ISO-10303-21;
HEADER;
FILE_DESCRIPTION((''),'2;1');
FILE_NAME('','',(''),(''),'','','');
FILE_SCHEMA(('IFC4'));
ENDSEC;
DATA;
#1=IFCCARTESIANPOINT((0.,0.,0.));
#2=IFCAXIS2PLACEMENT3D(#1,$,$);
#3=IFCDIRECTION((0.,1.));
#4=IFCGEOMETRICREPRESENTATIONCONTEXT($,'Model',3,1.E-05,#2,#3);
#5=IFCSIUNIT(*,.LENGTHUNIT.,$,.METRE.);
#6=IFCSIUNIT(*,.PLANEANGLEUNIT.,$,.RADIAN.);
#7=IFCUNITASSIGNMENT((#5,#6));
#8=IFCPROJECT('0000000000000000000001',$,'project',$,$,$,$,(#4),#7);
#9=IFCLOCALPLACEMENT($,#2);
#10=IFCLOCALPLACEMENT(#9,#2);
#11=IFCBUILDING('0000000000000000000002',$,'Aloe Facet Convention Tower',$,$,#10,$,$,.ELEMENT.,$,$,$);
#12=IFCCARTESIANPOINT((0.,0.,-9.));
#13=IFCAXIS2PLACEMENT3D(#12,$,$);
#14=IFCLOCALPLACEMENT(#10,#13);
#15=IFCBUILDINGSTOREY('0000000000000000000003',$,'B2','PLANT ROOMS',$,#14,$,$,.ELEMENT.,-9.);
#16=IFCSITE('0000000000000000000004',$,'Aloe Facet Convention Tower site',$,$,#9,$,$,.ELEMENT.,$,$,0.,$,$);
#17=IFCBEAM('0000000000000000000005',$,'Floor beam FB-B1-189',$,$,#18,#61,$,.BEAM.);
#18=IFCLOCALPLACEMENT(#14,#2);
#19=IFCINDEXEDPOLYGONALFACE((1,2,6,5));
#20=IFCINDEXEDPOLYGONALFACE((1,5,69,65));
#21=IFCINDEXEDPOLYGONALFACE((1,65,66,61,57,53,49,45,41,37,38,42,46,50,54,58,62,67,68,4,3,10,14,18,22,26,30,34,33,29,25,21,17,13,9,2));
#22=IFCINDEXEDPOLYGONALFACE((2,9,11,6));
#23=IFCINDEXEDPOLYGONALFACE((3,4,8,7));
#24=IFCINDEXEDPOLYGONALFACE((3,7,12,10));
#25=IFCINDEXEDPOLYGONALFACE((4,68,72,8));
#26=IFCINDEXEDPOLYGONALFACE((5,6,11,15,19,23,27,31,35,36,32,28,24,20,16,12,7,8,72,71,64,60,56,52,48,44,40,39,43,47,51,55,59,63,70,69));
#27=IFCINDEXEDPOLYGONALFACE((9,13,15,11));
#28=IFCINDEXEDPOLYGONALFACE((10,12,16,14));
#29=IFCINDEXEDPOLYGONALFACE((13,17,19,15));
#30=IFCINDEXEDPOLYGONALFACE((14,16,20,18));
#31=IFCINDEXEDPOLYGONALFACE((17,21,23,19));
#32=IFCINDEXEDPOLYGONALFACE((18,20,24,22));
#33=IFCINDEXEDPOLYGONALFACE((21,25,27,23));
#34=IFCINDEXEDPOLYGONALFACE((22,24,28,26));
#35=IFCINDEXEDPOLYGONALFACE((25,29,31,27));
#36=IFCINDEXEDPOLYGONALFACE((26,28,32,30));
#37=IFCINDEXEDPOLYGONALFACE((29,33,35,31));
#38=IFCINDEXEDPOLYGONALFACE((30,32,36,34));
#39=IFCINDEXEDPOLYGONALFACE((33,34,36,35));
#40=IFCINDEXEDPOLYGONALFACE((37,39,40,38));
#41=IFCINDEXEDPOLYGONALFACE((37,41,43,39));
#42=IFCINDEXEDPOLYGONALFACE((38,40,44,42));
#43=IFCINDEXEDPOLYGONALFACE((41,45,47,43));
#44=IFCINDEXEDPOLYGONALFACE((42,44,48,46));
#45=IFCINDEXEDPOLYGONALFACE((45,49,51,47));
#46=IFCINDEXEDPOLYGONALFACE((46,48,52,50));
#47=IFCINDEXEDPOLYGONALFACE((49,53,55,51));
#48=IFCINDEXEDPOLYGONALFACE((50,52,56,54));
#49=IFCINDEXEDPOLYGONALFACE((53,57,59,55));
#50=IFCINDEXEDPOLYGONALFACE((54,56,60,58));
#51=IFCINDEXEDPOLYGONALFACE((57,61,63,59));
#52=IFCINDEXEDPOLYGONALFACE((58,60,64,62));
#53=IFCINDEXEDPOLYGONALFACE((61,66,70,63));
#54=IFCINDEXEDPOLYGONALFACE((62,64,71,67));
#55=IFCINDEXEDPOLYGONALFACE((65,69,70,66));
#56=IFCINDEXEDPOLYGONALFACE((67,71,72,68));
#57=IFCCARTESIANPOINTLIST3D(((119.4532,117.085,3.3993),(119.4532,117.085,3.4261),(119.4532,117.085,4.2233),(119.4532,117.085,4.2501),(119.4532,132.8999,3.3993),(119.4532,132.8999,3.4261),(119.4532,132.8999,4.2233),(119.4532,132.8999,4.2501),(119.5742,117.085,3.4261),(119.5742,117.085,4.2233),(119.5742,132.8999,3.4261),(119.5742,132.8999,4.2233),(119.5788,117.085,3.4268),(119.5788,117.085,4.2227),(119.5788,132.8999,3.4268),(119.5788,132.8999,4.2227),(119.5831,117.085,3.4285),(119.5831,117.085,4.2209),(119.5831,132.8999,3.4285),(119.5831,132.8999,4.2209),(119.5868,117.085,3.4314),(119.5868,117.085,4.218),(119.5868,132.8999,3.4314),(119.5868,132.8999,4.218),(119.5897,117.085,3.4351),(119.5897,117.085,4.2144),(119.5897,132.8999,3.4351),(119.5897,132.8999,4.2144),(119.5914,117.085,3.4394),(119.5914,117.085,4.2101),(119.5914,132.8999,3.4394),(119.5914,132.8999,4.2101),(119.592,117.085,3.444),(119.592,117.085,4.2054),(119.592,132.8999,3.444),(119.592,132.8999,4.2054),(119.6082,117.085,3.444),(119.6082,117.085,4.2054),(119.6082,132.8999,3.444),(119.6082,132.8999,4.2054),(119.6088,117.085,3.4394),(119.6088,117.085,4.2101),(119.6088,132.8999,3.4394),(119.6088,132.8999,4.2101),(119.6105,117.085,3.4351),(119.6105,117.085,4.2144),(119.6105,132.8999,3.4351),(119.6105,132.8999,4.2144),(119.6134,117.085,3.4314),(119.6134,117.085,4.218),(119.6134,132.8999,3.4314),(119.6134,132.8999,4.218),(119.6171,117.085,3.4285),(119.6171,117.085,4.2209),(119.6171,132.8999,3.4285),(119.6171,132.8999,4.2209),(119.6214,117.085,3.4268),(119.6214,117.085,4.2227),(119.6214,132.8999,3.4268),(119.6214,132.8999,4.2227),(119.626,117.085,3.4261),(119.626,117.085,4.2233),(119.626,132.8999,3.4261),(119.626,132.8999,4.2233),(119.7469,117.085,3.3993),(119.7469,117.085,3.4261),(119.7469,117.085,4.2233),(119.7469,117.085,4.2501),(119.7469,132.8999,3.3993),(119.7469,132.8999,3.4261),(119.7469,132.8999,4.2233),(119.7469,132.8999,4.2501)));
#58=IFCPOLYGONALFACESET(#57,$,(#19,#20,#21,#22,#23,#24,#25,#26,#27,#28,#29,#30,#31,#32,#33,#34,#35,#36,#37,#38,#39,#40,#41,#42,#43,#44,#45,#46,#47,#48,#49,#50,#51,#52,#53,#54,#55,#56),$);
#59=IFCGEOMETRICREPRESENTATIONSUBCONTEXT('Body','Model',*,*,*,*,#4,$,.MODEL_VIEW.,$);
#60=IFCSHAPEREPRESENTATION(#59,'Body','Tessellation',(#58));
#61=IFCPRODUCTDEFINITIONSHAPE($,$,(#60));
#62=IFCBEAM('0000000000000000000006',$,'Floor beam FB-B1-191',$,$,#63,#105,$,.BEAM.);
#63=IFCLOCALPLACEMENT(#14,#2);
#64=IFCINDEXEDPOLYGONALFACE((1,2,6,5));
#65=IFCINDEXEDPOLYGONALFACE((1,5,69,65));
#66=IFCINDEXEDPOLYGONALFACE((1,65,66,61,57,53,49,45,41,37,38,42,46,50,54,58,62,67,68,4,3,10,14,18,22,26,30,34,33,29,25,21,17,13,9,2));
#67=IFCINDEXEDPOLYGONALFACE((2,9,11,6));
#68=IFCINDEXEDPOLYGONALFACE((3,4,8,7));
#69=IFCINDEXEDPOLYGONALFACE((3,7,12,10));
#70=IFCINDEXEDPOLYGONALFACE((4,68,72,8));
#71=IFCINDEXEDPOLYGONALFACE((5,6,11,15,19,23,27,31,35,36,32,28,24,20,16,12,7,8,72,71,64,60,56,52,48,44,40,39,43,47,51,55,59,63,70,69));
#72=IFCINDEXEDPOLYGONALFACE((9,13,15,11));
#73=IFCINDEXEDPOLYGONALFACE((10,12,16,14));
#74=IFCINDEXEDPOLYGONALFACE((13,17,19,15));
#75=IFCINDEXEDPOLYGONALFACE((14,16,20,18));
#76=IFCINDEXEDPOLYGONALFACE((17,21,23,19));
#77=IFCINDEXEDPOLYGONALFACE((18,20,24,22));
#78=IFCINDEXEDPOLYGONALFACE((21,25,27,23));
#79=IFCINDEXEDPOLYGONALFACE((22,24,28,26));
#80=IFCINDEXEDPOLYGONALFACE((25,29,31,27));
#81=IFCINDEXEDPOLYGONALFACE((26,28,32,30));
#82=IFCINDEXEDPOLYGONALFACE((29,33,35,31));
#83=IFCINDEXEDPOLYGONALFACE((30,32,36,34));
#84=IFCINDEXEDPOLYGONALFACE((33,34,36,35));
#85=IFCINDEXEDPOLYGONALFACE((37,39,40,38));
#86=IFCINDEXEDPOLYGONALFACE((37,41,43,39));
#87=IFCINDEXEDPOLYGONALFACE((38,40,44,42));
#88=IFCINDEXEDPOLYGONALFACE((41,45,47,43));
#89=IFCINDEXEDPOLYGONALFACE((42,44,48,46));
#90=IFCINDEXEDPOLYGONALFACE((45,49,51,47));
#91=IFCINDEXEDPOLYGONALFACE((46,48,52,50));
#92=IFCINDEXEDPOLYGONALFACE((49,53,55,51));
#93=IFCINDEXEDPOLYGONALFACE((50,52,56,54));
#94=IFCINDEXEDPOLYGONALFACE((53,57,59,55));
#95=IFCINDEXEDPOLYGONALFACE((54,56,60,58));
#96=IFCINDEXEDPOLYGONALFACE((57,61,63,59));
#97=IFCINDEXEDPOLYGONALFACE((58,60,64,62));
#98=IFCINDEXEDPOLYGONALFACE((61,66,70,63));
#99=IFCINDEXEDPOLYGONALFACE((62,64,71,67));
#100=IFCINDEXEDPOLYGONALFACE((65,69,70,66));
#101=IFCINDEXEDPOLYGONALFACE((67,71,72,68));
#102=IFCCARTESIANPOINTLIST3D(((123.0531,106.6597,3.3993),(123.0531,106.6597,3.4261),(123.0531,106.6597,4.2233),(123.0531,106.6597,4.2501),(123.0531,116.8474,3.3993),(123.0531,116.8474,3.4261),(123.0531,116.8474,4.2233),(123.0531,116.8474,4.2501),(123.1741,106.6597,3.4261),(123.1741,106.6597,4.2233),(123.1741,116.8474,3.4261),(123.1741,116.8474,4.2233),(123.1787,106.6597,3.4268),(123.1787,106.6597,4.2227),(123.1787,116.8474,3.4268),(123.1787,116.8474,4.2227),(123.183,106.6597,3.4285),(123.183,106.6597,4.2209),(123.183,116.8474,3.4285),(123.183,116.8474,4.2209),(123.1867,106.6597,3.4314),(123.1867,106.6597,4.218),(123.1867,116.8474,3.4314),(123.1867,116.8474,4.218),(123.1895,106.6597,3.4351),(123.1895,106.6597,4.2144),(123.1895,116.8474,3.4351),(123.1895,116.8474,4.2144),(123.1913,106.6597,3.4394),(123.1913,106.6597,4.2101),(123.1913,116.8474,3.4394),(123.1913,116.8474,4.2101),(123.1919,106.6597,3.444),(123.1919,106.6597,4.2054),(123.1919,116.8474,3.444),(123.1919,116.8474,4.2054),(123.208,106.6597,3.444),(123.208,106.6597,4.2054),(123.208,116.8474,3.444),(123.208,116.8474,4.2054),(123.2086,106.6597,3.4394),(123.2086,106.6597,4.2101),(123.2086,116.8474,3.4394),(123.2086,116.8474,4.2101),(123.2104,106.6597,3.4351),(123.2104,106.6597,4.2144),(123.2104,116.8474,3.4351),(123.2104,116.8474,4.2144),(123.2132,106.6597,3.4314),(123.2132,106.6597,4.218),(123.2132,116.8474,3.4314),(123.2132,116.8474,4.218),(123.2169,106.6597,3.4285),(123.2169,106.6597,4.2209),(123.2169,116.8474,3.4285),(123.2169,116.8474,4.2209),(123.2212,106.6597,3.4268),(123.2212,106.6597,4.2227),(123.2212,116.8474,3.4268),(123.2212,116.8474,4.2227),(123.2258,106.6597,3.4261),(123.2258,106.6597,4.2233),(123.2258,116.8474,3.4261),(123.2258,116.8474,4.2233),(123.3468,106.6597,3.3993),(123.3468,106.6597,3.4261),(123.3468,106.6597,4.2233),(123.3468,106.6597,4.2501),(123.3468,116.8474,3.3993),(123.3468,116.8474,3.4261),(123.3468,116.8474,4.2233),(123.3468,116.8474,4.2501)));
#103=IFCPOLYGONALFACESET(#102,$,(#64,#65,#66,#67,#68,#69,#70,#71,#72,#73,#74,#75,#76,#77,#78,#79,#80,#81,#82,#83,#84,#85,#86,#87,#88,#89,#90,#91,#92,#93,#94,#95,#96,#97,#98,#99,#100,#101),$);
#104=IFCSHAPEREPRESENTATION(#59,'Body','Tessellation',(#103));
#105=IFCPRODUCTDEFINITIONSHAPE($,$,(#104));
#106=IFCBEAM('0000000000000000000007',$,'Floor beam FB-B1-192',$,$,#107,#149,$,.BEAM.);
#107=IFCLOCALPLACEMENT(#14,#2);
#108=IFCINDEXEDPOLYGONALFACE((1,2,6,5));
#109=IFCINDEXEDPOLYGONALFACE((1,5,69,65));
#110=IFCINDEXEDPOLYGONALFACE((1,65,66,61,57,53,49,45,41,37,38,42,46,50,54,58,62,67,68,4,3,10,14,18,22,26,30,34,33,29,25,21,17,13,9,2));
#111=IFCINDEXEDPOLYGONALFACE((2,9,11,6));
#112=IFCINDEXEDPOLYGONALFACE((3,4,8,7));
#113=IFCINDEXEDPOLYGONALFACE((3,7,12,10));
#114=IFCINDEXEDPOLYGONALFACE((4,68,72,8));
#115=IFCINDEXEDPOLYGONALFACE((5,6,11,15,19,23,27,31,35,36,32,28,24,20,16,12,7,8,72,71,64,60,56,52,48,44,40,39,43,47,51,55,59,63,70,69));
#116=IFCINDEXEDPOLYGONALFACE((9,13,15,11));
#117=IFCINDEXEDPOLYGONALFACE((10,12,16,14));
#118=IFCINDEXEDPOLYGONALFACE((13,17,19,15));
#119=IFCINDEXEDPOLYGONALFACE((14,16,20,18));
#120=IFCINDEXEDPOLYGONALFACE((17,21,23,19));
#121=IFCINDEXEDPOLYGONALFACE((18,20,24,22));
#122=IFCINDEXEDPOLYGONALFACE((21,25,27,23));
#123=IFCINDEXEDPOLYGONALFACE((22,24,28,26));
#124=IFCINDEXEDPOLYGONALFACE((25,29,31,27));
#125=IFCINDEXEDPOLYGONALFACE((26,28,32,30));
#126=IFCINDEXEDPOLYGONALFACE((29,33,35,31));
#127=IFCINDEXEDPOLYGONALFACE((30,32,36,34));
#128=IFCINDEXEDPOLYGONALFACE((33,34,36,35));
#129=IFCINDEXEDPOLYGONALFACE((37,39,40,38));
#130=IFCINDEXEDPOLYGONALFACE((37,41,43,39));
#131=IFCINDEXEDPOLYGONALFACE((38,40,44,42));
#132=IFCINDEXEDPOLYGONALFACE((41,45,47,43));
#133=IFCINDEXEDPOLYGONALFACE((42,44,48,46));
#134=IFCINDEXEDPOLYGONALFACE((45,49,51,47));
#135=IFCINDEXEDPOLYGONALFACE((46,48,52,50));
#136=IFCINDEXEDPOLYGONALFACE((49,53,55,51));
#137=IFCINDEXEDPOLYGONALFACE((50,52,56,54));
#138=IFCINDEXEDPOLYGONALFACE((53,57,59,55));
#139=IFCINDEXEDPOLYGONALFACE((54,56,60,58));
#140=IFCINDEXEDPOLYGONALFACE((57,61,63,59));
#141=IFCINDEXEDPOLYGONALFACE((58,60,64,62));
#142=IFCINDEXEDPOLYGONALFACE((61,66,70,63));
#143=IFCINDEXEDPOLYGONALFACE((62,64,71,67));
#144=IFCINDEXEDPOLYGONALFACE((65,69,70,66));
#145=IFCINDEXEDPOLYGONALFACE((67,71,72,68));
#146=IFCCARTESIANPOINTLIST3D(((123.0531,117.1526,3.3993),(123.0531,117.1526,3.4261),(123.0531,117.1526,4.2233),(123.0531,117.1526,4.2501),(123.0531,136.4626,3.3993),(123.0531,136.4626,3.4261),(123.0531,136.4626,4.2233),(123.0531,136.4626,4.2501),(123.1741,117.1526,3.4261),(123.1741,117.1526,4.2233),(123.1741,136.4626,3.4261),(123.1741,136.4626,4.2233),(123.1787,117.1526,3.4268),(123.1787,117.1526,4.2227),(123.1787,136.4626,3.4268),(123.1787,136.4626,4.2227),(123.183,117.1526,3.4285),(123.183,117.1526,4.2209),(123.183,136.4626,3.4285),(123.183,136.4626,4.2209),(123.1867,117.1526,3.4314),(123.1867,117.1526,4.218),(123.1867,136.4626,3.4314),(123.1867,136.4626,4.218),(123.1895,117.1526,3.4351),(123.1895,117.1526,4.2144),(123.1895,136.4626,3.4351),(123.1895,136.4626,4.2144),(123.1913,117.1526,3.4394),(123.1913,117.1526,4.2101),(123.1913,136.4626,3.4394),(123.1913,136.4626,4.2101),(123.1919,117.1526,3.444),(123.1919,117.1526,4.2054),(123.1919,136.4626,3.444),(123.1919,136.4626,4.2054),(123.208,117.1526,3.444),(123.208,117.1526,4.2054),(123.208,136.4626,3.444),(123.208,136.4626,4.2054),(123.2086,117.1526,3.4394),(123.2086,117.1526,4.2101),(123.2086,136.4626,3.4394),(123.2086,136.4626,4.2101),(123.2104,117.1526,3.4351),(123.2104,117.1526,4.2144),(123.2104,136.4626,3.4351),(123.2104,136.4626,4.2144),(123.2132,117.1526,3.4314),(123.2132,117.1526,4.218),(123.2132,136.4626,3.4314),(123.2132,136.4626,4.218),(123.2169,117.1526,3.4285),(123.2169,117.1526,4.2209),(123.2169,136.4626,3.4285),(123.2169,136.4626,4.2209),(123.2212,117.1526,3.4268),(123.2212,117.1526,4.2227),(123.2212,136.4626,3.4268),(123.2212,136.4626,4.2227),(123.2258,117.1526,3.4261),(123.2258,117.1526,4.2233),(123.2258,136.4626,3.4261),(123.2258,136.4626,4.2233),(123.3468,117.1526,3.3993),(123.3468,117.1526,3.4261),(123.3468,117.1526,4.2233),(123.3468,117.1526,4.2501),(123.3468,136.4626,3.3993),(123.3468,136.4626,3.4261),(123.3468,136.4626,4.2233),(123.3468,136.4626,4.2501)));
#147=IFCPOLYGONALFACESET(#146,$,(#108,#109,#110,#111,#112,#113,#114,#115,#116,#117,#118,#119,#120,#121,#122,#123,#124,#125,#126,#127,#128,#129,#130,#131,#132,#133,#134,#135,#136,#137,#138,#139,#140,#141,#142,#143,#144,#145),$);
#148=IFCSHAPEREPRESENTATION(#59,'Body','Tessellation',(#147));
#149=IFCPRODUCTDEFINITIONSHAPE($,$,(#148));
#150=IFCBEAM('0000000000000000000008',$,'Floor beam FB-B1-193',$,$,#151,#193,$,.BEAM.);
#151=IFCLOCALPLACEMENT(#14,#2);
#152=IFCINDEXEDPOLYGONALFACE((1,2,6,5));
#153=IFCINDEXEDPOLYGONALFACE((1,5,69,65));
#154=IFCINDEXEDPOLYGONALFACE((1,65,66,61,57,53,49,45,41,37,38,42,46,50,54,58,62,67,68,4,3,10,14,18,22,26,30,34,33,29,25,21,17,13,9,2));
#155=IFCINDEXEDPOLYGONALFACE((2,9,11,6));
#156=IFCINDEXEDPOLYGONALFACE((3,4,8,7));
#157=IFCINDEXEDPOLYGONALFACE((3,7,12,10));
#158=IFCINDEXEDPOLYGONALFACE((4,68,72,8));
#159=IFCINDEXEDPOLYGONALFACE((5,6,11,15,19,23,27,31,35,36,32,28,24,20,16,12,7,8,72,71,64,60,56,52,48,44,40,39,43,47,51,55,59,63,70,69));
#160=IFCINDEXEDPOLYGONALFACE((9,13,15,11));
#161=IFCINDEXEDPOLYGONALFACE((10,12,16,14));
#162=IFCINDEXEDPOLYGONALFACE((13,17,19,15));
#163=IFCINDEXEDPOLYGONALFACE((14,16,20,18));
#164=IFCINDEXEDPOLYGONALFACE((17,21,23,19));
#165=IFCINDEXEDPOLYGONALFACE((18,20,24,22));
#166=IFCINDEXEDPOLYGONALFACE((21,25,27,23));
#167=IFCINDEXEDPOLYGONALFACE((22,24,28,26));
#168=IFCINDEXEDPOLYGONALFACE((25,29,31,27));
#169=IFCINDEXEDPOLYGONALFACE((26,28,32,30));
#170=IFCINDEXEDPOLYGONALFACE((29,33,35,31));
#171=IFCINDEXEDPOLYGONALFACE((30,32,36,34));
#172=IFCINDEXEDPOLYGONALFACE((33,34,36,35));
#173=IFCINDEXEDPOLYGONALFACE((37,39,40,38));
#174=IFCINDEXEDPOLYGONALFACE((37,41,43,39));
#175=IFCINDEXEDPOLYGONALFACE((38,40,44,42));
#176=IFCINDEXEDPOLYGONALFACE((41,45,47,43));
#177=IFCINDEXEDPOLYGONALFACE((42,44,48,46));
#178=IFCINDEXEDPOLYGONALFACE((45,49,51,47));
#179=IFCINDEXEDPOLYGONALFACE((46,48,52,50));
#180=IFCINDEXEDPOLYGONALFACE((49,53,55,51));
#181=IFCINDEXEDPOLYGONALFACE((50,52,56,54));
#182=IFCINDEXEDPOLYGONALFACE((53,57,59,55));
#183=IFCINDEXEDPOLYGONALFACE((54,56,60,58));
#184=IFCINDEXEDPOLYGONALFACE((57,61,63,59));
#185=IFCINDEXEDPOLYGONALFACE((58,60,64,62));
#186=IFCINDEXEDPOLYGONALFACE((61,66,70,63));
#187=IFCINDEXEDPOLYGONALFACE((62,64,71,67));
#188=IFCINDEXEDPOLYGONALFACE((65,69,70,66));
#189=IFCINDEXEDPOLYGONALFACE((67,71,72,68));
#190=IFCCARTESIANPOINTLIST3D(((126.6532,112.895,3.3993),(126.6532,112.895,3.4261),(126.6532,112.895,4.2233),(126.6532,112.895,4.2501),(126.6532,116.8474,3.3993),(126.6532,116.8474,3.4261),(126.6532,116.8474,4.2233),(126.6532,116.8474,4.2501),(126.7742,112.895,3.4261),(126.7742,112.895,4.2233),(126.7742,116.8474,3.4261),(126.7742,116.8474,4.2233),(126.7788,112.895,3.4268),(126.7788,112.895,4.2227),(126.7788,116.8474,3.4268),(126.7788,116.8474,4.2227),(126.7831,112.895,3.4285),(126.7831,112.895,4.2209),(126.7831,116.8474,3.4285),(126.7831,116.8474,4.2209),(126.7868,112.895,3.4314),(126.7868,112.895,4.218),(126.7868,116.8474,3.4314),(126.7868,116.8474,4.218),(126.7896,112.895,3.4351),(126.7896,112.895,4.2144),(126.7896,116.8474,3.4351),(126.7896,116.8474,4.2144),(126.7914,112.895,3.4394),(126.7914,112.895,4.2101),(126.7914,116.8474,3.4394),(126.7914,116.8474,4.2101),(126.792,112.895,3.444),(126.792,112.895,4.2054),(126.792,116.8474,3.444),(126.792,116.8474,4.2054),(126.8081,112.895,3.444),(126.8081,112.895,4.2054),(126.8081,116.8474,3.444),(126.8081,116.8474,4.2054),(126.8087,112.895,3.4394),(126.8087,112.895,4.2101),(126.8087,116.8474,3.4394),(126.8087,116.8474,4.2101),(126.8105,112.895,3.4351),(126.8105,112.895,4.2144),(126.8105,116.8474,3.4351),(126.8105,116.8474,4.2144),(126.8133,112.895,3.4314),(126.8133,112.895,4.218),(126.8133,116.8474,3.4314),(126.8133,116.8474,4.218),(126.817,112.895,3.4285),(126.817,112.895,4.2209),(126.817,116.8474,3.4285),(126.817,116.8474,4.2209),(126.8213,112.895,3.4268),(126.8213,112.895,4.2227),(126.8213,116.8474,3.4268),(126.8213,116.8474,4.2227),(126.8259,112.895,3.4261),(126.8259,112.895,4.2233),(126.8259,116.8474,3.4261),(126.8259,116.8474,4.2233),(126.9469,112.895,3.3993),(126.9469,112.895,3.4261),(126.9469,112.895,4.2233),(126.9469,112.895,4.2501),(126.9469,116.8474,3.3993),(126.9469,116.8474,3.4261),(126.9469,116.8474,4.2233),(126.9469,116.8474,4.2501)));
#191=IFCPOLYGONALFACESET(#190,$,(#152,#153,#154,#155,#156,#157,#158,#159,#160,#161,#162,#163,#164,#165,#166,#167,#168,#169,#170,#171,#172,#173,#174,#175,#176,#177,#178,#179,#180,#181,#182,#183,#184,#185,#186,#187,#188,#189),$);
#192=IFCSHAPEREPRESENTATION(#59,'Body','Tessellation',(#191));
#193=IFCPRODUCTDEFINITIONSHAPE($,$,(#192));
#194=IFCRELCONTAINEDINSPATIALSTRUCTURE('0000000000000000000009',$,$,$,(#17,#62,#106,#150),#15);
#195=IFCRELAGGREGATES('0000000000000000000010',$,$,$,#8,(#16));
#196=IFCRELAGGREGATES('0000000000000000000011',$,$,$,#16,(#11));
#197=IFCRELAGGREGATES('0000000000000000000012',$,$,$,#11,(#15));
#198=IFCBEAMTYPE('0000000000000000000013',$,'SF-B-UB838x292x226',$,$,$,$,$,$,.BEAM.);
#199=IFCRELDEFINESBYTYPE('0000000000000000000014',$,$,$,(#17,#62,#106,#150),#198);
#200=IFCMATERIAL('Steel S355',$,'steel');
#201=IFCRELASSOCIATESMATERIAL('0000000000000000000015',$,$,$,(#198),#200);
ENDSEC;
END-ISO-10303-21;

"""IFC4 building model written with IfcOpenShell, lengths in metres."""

from ifc_helpers import new_model, si_unit, direction, frame, origin, origin_2d, place, context, subcontext, project, spatial, i_section, extrude, material, material_profile, profile_set, type_object, element, save


model = new_model("IFC4")

# Units and contexts
model_context = context("Model", 3, precision=1e-05, world=origin(), true_north=direction((0.0, 1.0)))
body_context = subcontext(model_context, "Body", "Model", "MODEL_VIEW")
ifc_project = project(units=[si_unit("LENGTHUNIT", "METRE"), si_unit("PLANEANGLEUNIT", "RADIAN")], contexts=[model_context])

# Site, building, storey
site_placement = place(None, origin())
site = spatial("IfcSite", under=ifc_project, at=site_placement, Name="Aloe Facet Convention Tower site", CompositionType="ELEMENT", RefElevation=0.0)
building_placement = place(site_placement, origin())
building = spatial("IfcBuilding", under=site, at=building_placement, Name="Aloe Facet Convention Tower", CompositionType="ELEMENT")
storey_placement = place(building_placement, frame((0.0, 0.0, -9.0)))
storey = spatial("IfcBuildingStorey", under=building, at=storey_placement, Name="B2", Description="PLANT ROOMS", CompositionType="ELEMENT", Elevation=-9.0)

# Beams
ifc_material_1 = material(Name="Steel S355", Category="steel")
ifc_material_profile_1 = material_profile(ifc_material_1, i_section(OverallWidth=0.2937, OverallDepth=0.8508, WebThickness=0.0161, FlangeThickness=0.0269, FilletRadius=0.0178, at=origin_2d()), Name="UB 838x292x226")
ifc_profile_set_1 = profile_set([ifc_material_profile_1], Name="Steel S355")
beam_type_1 = type_object("IfcBeamType", Name="SF-B-UB838x292x226", PredefinedType="BEAM", material=ifc_profile_set_1)
beam_1_placement = place(storey_placement, frame((119.6001, 117.085, 3.8247), z_axis=(0.0, 1.0, 0.0), x_axis=(-1.0, 0.0, 0.0)))
element("IfcBeam", 1, at=beam_1_placement, inside=storey, type_object=beam_type_1, Name="Floor beam FB-B1-189", PredefinedType="BEAM", context=body_context, shape_type="SweptSolid", body=[
    extrude(i_section(OverallWidth=0.2937, OverallDepth=0.8508, WebThickness=0.0161, FlangeThickness=0.0269, FilletRadius=0.0178, at=origin_2d()), origin(), (0.0, 0.0, 1.0), 15.8149),
])
beam_2_placement = place(storey_placement, frame((123.2, 106.6597, 3.8247), z_axis=(0.0, 1.0, 0.0), x_axis=(-1.0, 0.0, 0.0)))
element("IfcBeam", 2, at=beam_2_placement, inside=storey, type_object=beam_type_1, Name="Floor beam FB-B1-191", PredefinedType="BEAM", context=body_context, shape_type="SweptSolid", body=[
    extrude(i_section(OverallWidth=0.2937, OverallDepth=0.8508, WebThickness=0.0161, FlangeThickness=0.0269, FilletRadius=0.0178, at=origin_2d()), origin(), (0.0, 0.0, 1.0), 10.1877),
])
beam_3_placement = place(storey_placement, frame((123.2, 117.1526, 3.8247), z_axis=(0.0, 1.0, 0.0), x_axis=(-1.0, 0.0, 0.0)))
element("IfcBeam", 3, at=beam_3_placement, inside=storey, type_object=beam_type_1, Name="Floor beam FB-B1-192", PredefinedType="BEAM", context=body_context, shape_type="SweptSolid", body=[
    extrude(i_section(OverallWidth=0.2937, OverallDepth=0.8508, WebThickness=0.0161, FlangeThickness=0.0269, FilletRadius=0.0178, at=origin_2d()), origin(), (0.0, 0.0, 1.0), 19.3101),
])
beam_4_placement = place(storey_placement, frame((126.8, 112.895, 3.8247), z_axis=(0.0, 1.0, 0.0), x_axis=(-1.0, 0.0, 0.0)))
element("IfcBeam", 4, at=beam_4_placement, inside=storey, type_object=beam_type_1, Name="Floor beam FB-B1-193", PredefinedType="BEAM", context=body_context, shape_type="SweptSolid", body=[
    extrude(i_section(OverallWidth=0.2937, OverallDepth=0.8508, WebThickness=0.0161, FlangeThickness=0.0269, FilletRadius=0.0178, at=origin_2d()), origin(), (0.0, 0.0, 1.0), 3.9524),
])

save(model, "model.ifc")
